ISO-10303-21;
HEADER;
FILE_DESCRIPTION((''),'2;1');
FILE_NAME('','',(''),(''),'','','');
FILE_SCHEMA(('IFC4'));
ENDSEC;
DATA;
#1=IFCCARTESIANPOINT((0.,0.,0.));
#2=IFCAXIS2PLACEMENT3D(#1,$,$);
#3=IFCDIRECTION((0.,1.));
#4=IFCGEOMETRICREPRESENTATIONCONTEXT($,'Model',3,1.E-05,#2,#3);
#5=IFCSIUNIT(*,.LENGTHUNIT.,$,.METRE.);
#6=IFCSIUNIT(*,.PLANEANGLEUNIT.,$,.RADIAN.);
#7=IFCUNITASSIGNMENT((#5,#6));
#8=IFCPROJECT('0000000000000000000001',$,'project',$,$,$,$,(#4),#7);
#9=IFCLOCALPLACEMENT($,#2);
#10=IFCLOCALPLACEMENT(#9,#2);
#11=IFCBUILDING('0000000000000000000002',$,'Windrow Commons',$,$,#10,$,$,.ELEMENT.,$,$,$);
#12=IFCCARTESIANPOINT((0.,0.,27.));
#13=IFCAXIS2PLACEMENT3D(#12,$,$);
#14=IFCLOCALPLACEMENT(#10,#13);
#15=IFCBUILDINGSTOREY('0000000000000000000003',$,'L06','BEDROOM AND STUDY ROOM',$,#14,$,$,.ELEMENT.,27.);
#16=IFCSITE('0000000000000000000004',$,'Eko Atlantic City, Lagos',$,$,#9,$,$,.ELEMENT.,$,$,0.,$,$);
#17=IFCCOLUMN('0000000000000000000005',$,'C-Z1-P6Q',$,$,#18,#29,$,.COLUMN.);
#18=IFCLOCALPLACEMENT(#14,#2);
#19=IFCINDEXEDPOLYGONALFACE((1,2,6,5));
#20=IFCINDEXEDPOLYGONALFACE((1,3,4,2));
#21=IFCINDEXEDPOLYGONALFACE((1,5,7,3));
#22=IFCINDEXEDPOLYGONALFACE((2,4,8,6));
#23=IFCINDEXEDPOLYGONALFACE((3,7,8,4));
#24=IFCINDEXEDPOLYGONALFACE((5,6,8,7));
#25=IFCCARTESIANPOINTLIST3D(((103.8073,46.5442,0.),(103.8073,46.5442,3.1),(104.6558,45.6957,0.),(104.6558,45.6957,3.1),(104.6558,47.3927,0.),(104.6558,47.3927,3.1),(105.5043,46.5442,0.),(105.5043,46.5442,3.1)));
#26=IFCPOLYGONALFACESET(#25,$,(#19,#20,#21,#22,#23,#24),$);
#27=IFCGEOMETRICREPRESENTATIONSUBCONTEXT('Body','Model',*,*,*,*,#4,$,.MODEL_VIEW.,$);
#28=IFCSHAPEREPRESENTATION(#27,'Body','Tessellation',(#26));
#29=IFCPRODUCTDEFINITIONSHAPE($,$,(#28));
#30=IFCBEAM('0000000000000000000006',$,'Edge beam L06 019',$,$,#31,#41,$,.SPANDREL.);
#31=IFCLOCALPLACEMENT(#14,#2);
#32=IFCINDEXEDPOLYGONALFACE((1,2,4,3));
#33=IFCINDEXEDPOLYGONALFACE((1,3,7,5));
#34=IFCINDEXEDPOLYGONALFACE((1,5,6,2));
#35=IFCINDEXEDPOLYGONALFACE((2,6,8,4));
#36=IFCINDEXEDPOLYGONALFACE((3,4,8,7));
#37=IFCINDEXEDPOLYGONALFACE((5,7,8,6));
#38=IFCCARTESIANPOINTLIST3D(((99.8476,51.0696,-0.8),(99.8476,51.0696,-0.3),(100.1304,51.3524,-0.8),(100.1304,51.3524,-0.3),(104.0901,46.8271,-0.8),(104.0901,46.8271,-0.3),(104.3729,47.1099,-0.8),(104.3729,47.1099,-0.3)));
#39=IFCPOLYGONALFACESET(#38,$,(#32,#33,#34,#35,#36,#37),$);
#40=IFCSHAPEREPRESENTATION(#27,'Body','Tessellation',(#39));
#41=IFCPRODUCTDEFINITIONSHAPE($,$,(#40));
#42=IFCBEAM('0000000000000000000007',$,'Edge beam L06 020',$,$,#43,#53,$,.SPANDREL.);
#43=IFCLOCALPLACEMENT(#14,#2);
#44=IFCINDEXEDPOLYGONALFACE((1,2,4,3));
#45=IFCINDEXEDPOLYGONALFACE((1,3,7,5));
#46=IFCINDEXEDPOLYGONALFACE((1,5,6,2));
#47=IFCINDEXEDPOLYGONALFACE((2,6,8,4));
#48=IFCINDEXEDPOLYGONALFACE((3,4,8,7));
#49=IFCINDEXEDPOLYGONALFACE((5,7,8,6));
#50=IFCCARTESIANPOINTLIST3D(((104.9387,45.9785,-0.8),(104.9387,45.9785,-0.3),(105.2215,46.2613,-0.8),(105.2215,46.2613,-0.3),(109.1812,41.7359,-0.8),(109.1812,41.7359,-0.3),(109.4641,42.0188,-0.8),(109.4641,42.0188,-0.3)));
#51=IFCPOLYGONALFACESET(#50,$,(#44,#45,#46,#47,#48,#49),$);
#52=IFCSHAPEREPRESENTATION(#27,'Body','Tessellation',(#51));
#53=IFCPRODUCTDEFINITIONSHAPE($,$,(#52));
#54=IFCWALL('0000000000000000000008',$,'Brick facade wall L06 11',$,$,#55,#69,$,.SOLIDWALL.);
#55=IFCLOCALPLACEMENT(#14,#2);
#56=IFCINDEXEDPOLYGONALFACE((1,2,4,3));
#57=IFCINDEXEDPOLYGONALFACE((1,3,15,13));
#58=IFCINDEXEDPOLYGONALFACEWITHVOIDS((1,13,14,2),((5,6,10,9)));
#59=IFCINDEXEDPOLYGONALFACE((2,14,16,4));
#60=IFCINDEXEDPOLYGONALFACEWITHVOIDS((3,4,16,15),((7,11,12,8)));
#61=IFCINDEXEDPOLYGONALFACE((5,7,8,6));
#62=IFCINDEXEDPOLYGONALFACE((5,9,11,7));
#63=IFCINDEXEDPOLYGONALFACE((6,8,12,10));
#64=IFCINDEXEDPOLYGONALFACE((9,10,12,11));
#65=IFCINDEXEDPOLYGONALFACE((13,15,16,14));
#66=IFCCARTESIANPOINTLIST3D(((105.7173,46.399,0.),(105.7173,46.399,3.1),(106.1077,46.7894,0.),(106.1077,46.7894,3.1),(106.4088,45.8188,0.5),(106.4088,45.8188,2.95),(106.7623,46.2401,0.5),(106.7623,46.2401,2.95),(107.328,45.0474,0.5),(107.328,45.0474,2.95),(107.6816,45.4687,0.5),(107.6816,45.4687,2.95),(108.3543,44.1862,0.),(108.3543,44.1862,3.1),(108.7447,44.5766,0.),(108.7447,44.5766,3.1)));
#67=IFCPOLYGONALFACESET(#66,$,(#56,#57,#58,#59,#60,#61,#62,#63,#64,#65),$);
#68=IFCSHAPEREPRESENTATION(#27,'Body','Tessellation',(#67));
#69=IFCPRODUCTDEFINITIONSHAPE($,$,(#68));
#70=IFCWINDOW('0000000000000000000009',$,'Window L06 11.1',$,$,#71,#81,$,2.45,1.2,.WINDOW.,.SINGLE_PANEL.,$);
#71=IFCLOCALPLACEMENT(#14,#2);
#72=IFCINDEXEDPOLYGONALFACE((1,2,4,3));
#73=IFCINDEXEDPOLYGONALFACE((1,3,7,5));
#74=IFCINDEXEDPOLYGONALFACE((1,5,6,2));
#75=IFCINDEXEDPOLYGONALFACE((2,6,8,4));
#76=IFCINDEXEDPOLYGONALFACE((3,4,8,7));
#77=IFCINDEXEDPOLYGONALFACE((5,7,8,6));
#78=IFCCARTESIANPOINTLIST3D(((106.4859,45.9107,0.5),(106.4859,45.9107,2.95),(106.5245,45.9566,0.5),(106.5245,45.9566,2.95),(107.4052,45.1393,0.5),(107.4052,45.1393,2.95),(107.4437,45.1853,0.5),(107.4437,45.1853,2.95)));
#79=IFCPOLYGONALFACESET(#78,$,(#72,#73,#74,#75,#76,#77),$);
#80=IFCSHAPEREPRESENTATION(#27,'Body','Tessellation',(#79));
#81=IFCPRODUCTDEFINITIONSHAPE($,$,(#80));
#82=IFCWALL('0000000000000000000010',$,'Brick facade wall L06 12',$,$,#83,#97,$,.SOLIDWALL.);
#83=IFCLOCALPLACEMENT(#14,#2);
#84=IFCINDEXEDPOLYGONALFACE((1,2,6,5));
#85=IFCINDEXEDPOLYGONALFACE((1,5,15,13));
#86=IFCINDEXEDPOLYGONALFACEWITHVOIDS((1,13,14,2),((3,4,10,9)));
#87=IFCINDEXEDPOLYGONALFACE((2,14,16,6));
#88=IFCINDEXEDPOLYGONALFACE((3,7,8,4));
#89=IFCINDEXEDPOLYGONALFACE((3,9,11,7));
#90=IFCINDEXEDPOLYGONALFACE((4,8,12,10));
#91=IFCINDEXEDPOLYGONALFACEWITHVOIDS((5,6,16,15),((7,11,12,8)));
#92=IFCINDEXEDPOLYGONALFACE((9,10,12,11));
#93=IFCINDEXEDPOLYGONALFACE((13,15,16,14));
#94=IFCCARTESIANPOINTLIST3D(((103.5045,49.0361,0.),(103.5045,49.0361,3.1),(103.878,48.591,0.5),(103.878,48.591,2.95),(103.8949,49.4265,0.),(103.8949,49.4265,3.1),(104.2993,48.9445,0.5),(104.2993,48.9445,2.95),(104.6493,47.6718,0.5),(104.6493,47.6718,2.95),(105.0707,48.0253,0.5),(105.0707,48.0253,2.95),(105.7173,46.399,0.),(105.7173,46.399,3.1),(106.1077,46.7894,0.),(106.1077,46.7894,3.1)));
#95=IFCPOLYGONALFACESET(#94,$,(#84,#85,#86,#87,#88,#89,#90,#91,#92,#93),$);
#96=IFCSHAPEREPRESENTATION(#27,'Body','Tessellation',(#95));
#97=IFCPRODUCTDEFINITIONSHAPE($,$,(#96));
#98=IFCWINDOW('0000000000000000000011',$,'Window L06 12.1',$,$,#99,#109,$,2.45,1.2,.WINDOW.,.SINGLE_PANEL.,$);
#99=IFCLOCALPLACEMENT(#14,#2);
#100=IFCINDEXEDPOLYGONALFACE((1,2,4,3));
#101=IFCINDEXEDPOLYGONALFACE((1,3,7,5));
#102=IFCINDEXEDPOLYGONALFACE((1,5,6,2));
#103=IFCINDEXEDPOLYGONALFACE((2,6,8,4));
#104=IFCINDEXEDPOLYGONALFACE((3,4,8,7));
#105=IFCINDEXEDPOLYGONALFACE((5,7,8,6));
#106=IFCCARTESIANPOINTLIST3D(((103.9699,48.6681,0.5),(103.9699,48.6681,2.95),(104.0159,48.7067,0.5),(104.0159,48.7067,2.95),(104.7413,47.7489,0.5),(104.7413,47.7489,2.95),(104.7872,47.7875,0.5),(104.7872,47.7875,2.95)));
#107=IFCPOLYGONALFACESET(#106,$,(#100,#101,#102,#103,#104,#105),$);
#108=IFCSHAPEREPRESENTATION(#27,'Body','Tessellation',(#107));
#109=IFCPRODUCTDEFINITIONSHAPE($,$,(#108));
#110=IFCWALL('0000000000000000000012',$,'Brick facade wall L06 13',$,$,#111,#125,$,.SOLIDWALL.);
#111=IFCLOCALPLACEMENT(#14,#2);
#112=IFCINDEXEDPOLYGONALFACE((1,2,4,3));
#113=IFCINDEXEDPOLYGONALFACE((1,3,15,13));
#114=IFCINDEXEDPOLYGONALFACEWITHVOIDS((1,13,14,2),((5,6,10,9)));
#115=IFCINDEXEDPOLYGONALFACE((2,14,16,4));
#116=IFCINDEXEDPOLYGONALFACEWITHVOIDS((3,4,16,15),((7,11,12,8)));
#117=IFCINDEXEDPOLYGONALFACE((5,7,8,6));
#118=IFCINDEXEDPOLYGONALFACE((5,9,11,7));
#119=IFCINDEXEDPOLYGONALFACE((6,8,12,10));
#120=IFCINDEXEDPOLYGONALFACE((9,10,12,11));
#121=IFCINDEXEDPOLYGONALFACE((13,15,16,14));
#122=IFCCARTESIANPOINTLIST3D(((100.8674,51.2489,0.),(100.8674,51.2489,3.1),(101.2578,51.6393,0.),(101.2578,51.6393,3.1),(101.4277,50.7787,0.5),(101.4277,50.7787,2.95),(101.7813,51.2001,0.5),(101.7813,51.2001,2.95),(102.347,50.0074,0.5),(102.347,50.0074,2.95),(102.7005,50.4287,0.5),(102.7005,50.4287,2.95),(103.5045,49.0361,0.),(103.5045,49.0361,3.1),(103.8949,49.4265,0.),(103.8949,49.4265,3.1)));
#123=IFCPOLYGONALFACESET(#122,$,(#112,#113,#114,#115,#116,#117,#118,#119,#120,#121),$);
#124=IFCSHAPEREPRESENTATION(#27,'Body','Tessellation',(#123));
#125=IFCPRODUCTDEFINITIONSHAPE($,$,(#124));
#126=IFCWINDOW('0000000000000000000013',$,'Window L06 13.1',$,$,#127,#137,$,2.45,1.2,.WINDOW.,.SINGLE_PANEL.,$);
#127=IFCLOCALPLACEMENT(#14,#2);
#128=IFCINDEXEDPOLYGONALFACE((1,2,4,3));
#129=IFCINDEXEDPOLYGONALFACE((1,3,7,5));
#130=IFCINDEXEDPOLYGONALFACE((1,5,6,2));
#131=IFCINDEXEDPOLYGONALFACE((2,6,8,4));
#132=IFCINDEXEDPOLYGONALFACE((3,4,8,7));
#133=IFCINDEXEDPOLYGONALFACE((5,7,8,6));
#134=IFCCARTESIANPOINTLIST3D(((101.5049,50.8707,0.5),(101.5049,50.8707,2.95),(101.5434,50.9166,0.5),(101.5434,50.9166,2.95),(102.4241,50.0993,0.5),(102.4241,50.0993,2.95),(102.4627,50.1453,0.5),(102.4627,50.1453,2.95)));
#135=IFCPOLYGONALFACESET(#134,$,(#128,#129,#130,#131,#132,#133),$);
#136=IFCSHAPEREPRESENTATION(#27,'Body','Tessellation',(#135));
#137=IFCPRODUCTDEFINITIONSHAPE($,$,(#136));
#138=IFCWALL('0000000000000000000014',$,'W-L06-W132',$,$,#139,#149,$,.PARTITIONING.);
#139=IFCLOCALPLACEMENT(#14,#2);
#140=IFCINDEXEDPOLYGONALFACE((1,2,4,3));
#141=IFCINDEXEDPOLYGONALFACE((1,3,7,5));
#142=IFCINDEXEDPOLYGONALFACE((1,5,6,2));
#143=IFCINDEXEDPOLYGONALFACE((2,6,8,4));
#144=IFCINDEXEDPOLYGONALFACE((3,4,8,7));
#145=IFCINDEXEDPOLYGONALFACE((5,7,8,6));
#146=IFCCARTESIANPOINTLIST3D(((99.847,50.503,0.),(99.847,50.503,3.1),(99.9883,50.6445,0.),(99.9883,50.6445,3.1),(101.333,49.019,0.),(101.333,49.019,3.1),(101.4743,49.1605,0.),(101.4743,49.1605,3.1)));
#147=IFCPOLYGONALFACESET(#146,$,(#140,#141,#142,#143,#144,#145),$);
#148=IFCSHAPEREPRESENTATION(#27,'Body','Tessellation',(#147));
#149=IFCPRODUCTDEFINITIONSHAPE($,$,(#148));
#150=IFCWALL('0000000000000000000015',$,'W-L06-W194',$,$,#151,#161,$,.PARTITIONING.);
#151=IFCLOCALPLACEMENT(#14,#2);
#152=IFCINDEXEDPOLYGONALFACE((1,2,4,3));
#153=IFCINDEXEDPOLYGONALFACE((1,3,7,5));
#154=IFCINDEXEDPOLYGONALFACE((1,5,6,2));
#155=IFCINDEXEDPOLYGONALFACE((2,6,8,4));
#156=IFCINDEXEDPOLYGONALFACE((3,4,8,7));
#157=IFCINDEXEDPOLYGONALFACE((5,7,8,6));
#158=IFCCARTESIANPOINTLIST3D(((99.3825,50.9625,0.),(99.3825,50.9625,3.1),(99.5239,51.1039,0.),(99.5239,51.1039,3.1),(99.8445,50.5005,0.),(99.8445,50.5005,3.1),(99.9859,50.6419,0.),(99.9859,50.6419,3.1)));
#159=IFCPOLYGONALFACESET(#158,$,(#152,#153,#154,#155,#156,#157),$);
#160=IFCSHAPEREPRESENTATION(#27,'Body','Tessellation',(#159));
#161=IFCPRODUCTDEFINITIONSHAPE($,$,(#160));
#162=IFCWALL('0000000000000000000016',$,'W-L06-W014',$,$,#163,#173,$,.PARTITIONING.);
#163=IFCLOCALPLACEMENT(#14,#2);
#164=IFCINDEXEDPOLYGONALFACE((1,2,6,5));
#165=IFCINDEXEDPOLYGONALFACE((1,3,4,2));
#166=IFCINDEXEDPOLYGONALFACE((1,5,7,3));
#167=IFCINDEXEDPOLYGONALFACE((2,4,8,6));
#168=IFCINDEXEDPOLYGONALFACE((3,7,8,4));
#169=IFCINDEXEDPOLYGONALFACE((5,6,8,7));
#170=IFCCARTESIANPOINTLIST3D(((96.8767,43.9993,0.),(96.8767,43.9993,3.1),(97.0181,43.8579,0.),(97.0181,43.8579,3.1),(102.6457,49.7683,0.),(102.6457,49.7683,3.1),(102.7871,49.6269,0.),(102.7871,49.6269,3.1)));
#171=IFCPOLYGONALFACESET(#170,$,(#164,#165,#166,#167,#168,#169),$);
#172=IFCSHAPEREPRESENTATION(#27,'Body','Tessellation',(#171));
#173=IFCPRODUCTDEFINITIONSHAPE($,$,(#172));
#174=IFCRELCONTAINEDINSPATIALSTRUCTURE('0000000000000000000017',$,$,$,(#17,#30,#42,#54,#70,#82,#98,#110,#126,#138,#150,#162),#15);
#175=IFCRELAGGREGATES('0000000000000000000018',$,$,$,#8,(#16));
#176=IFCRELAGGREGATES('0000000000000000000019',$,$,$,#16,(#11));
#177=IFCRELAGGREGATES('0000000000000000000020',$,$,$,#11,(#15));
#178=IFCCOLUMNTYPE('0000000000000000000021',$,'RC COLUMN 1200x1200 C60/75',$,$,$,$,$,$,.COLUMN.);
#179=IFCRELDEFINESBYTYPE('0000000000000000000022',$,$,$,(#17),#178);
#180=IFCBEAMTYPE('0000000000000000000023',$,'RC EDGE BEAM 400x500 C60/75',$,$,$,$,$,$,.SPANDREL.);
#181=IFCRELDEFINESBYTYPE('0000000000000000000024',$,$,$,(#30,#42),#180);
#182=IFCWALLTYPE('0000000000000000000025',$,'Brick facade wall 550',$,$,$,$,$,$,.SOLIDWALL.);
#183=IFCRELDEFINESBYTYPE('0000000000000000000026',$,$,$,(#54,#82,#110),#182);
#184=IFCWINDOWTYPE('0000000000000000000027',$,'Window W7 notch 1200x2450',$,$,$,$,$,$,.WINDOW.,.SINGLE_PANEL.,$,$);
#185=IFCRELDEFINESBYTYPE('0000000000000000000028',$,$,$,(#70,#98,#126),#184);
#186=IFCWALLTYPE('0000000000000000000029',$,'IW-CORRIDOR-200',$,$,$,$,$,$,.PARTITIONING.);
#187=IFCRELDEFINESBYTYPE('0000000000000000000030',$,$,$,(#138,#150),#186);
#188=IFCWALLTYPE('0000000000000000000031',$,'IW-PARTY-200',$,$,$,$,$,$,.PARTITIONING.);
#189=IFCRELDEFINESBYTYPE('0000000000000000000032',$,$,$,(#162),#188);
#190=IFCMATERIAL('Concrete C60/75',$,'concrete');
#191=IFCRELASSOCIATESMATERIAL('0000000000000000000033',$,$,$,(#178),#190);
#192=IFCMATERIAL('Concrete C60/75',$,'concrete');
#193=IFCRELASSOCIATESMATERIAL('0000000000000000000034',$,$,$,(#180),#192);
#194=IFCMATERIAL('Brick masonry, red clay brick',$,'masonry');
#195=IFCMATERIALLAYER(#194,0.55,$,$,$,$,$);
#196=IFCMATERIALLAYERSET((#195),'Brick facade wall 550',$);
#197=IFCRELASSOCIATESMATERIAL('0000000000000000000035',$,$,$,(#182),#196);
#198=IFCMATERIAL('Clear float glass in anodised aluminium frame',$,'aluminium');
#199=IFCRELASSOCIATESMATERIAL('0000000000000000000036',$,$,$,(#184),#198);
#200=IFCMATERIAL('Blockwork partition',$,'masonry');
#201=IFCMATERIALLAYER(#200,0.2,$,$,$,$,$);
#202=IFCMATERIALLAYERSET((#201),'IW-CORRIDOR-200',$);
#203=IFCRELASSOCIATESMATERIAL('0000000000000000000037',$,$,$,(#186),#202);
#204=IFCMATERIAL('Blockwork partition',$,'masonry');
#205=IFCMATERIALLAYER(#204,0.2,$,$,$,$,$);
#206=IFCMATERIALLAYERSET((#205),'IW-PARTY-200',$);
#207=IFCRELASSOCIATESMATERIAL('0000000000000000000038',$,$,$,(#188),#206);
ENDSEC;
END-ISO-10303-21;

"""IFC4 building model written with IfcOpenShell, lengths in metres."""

from ifc_helpers import new_model, si_unit, direction, frame, frame_2d, origin, origin_2d, place, context, subcontext, project, spatial, polyline, rectangle, outline, extrude, material, layer, layer_set, material_profile, profile_set, type_object, element, fill, save


model = new_model("IFC4")

# Units and contexts
model_context = context("Model", 3, precision=1e-05, world=origin(), true_north=direction((0.0, 1.0)))
body_context = subcontext(model_context, "Body", "Model", "MODEL_VIEW")
ifc_project = project(units=[si_unit("LENGTHUNIT", "METRE"), si_unit("PLANEANGLEUNIT", "RADIAN")], contexts=[model_context])

# Site, building, storey
site_placement = place(None, origin())
site = spatial("IfcSite", under=ifc_project, at=site_placement, Name="Eko Atlantic City, Lagos", CompositionType="ELEMENT", RefElevation=0.0)
building_placement = place(site_placement, origin())
building = spatial("IfcBuilding", under=site, at=building_placement, Name="Windrow Commons", CompositionType="ELEMENT")
storey_placement = place(building_placement, frame((0.0, 0.0, 27.0)))
storey = spatial("IfcBuildingStorey", under=building, at=storey_placement, Name="L06", Description="BEDROOM AND STUDY ROOM", CompositionType="ELEMENT", Elevation=27.0)

# Column
ifc_material_1 = material(Name="Concrete C60/75", Category="concrete")
ifc_material_profile_1 = material_profile(ifc_material_1, rectangle(XDim=1.2, YDim=1.2, at=origin_2d()))
ifc_profile_set_1 = profile_set([ifc_material_profile_1], Name="Concrete C60/75")
column_type = type_object("IfcColumnType", Name="RC COLUMN 1200x1200 C60/75", PredefinedType="COLUMN", material=ifc_profile_set_1)
column_placement = place(storey_placement, frame((104.6558, 46.5442, 0.0), z_axis=(0.0, 0.0, 1.0), x_axis=(0.707107, -0.707107, 0.0)))
element("IfcColumn", 1, at=column_placement, inside=storey, type_object=column_type, Name="C-Z1-P6Q", PredefinedType="COLUMN", context=body_context, shape_type="SweptSolid", body=[
    extrude(rectangle(XDim=1.2, YDim=1.2, at=origin_2d()), origin(), (0.0, 0.0, 1.0), 3.1),
])

# Beams
ifc_material_2 = material(Name="Concrete C60/75", Category="concrete")
ifc_material_profile_2 = material_profile(ifc_material_2, rectangle(XDim=0.4, YDim=0.5, at=origin_2d()))
ifc_profile_set_2 = profile_set([ifc_material_profile_2], Name="Concrete C60/75")
beam_type = type_object("IfcBeamType", Name="RC EDGE BEAM 400x500 C60/75", PredefinedType="SPANDREL", material=ifc_profile_set_2)
beam_1_placement = place(storey_placement, frame((99.989, 51.211, -0.55), z_axis=(0.707107, -0.707107, 0.0), x_axis=(0.707107, 0.707107, 0.0)))
element("IfcBeam", 2, at=beam_1_placement, inside=storey, type_object=beam_type, Name="Edge beam L06 019", PredefinedType="SPANDREL", context=body_context, shape_type="SweptSolid", body=[
    extrude(rectangle(XDim=0.4, YDim=0.5, at=origin_2d()), origin(), (0.0, 0.0, 1.0), 5.9998),
])
beam_2_placement = place(storey_placement, frame((105.0801, 46.1199, -0.55), z_axis=(0.707107, -0.707107, 0.0), x_axis=(0.707107, 0.707107, 0.0)))
element("IfcBeam", 3, at=beam_2_placement, inside=storey, type_object=beam_type, Name="Edge beam L06 020", PredefinedType="SPANDREL", context=body_context, shape_type="SweptSolid", body=[
    extrude(rectangle(XDim=0.4, YDim=0.5, at=origin_2d()), origin(), (0.0, 0.0, 1.0), 5.9999),
])

# Walls, openings, windows
ifc_material_3 = material(Name="Brick masonry, red clay brick", Category="masonry")
ifc_layer_1 = layer(ifc_material_3, 0.55)
ifc_layer_set_1 = layer_set([ifc_layer_1], Name="Brick facade wall 550")
wall_type_1 = type_object("IfcWallType", Name="Brick facade wall 550", PredefinedType="SOLIDWALL", material=ifc_layer_set_1)
wall_1_placement = place(storey_placement, frame((108.5495, 44.3814, 0.0), z_axis=(0.0, 0.0, 1.0), x_axis=(-0.766031, 0.642804, 0.0)))
wall_1 = element("IfcWall", 4, at=wall_1_placement, inside=storey, type_object=wall_type_1, Name="Brick facade wall L06 11", PredefinedType="SOLIDWALL", context=body_context, shape_type="SweptSolid", body=[
    extrude(outline(polyline([(-0.0241, -0.275), (3.4184, -0.275), (3.4665, 0.275), (0.0241, 0.275), (-0.0241, -0.275)])), origin(), (0.0, 0.0, 1.0), 3.1),
])
opening_1_placement = place(wall_1_placement, frame((1.3638, 0.0, 0.5)))
opening_1 = element("IfcOpeningElement", 5, at=opening_1_placement, cuts=wall_1, PredefinedType="OPENING", context=body_context, shape_type="SweptSolid", body=[
    extrude(rectangle(XDim=1.2, YDim=2.45, at=frame_2d((0.6, 1.225))), frame((0.0, 0.285, 0.0), z_axis=(0.0, -1.0, 0.0), x_axis=(1.0, 0.0, 0.0)), (0.0, 0.0, 1.0), 0.57),
])
ifc_material_4 = material(Name="Clear float glass in anodised aluminium frame", Category="aluminium")
window_type = type_object("IfcWindowType", Name="Window W7 notch 1200x2450", PartitioningType="SINGLE_PANEL", PredefinedType="WINDOW", material=ifc_material_4)
window_1_placement = place(opening_1_placement, origin())
window_1 = element("IfcWindow", 6, at=window_1_placement, inside=storey, type_object=window_type, Name="Window L06 11.1", OverallHeight=2.45, OverallWidth=1.2, PartitioningType="SINGLE_PANEL", PredefinedType="WINDOW", context=body_context, shape_type="SweptSolid", body=[
    extrude(rectangle(XDim=1.2, YDim=2.45, at=frame_2d((0.6, 1.225))), frame((0.0, 0.155, 0.0), z_axis=(0.0, -1.0, 0.0), x_axis=(1.0, 0.0, 0.0)), (0.0, 0.0, 1.0), 0.06),
])
fill(opening_1, window_1)
wall_2_placement = place(storey_placement, frame((105.9125, 46.5942, 0.0), z_axis=(0.0, 0.0, 1.0), x_axis=(-0.642789, 0.766043, 0.0)))
wall_2 = element("IfcWall", 7, at=wall_2_placement, inside=storey, type_object=wall_type_1, Name="Brick facade wall L06 12", PredefinedType="SOLIDWALL", context=body_context, shape_type="SweptSolid", body=[
    extrude(outline(polyline([(0.0241, -0.275), (3.4665, -0.275), (3.4184, 0.275), (-0.0241, 0.275), (0.0241, -0.275)])), origin(), (0.0, 0.0, 1.0), 3.1),
])
opening_2_placement = place(wall_2_placement, frame((1.6374, 0.0, 0.5)))
opening_2 = element("IfcOpeningElement", 8, at=opening_2_placement, cuts=wall_2, PredefinedType="OPENING", context=body_context, shape_type="SweptSolid", body=[
    extrude(rectangle(XDim=1.2, YDim=2.45, at=frame_2d((0.6, 1.225))), frame((0.0, 0.285, 0.0), z_axis=(0.0, -1.0, 0.0), x_axis=(1.0, 0.0, 0.0)), (0.0, 0.0, 1.0), 0.57),
])
window_2_placement = place(opening_2_placement, origin())
window_2 = element("IfcWindow", 9, at=window_2_placement, inside=storey, type_object=window_type, Name="Window L06 12.1", OverallHeight=2.45, OverallWidth=1.2, PartitioningType="SINGLE_PANEL", PredefinedType="WINDOW", context=body_context, shape_type="SweptSolid", body=[
    extrude(rectangle(XDim=1.2, YDim=2.45, at=frame_2d((0.6, 1.225))), frame((0.0, 0.155, 0.0), z_axis=(0.0, -1.0, 0.0), x_axis=(1.0, 0.0, 0.0)), (0.0, 0.0, 1.0), 0.06),
])
fill(opening_2, window_2)
wall_3_placement = place(storey_placement, frame((103.6997, 49.2313, 0.0), z_axis=(0.0, 0.0, 1.0), x_axis=(-0.766043, 0.642789, 0.0)))
wall_3 = element("IfcWall", 10, at=wall_3_placement, inside=storey, type_object=wall_type_1, Name="Brick facade wall L06 13", PredefinedType="SOLIDWALL", context=body_context, shape_type="SweptSolid", body=[
    extrude(outline(polyline([(-0.0241, -0.275), (3.4184, -0.275), (3.4665, 0.275), (0.0241, 0.275), (-0.0241, -0.275)])), origin(), (0.0, 0.0, 1.0), 3.1),
])
opening_3_placement = place(wall_3_placement, frame((1.5351, 0.0, 0.5)))
opening_3 = element("IfcOpeningElement", 11, at=opening_3_placement, cuts=wall_3, PredefinedType="OPENING", context=body_context, shape_type="SweptSolid", body=[
    extrude(rectangle(XDim=1.2, YDim=2.45, at=frame_2d((0.6, 1.225))), frame((0.0, 0.285, 0.0), z_axis=(0.0, -1.0, 0.0), x_axis=(1.0, 0.0, 0.0)), (0.0, 0.0, 1.0), 0.57),
])
window_3_placement = place(opening_3_placement, origin())
window_3 = element("IfcWindow", 12, at=window_3_placement, inside=storey, type_object=window_type, Name="Window L06 13.1", OverallHeight=2.45, OverallWidth=1.2, PartitioningType="SINGLE_PANEL", PredefinedType="WINDOW", context=body_context, shape_type="SweptSolid", body=[
    extrude(rectangle(XDim=1.2, YDim=2.45, at=frame_2d((0.6, 1.225))), frame((0.0, 0.155, 0.0), z_axis=(0.0, -1.0, 0.0), x_axis=(1.0, 0.0, 0.0)), (0.0, 0.0, 1.0), 0.06),
])
fill(opening_3, window_3)

# Walls
ifc_material_5 = material(Name="Blockwork partition", Category="masonry")
ifc_layer_2 = layer(ifc_material_5, 0.2)
ifc_layer_set_2 = layer_set([ifc_layer_2], Name="IW-CORRIDOR-200")
wall_type_2 = type_object("IfcWallType", Name="IW-CORRIDOR-200", PredefinedType="PARTITIONING", material=ifc_layer_set_2)
wall_4_placement = place(storey_placement, frame((99.9177, 50.5737, 0.0), z_axis=(0.0, 0.0, 1.0), x_axis=(0.707583, -0.70663, 0.0)))
element("IfcWall", 13, at=wall_4_placement, inside=storey, type_object=wall_type_2, Name="W-L06-W132", PredefinedType="PARTITIONING", context=body_context, shape_type="SweptSolid", body=[
    extrude(rectangle(XDim=2.1001, YDim=0.2, at=frame_2d((1.05, 0.0))), origin(), (0.0, 0.0, 1.0), 3.1),
])
wall_5_placement = place(storey_placement, frame((99.4532, 51.0332, 0.0), z_axis=(0.0, 0.0, 1.0), x_axis=(0.707107, -0.707107, 0.0)))
element("IfcWall", 14, at=wall_5_placement, inside=storey, type_object=wall_type_2, Name="W-L06-W194", PredefinedType="PARTITIONING", context=body_context, shape_type="SweptSolid", body=[
    extrude(rectangle(XDim=0.6534, YDim=0.2, at=frame_2d((0.3267, 0.0))), origin(), (0.0, 0.0, 1.0), 3.1),
])
ifc_material_6 = material(Name="Blockwork partition", Category="masonry")
ifc_layer_3 = layer(ifc_material_6, 0.2)
ifc_layer_set_3 = layer_set([ifc_layer_3], Name="IW-PARTY-200")
wall_type_3 = type_object("IfcWallType", Name="IW-PARTY-200", PredefinedType="PARTITIONING", material=ifc_layer_set_3)
wall_6_placement = place(storey_placement, frame((96.9474, 43.9286, 0.0), z_axis=(0.0, 0.0, 1.0), x_axis=(0.707107, 0.707107, 0.0)))
element("IfcWall", 15, at=wall_6_placement, inside=storey, type_object=wall_type_3, Name="W-L06-W014", PredefinedType="PARTITIONING", context=body_context, shape_type="SweptSolid", body=[
    extrude(rectangle(XDim=8.1585, YDim=0.2, at=frame_2d((4.0793, 0.0))), origin(), (0.0, 0.0, 1.0), 3.1),
])

save(model, "model.ifc")
